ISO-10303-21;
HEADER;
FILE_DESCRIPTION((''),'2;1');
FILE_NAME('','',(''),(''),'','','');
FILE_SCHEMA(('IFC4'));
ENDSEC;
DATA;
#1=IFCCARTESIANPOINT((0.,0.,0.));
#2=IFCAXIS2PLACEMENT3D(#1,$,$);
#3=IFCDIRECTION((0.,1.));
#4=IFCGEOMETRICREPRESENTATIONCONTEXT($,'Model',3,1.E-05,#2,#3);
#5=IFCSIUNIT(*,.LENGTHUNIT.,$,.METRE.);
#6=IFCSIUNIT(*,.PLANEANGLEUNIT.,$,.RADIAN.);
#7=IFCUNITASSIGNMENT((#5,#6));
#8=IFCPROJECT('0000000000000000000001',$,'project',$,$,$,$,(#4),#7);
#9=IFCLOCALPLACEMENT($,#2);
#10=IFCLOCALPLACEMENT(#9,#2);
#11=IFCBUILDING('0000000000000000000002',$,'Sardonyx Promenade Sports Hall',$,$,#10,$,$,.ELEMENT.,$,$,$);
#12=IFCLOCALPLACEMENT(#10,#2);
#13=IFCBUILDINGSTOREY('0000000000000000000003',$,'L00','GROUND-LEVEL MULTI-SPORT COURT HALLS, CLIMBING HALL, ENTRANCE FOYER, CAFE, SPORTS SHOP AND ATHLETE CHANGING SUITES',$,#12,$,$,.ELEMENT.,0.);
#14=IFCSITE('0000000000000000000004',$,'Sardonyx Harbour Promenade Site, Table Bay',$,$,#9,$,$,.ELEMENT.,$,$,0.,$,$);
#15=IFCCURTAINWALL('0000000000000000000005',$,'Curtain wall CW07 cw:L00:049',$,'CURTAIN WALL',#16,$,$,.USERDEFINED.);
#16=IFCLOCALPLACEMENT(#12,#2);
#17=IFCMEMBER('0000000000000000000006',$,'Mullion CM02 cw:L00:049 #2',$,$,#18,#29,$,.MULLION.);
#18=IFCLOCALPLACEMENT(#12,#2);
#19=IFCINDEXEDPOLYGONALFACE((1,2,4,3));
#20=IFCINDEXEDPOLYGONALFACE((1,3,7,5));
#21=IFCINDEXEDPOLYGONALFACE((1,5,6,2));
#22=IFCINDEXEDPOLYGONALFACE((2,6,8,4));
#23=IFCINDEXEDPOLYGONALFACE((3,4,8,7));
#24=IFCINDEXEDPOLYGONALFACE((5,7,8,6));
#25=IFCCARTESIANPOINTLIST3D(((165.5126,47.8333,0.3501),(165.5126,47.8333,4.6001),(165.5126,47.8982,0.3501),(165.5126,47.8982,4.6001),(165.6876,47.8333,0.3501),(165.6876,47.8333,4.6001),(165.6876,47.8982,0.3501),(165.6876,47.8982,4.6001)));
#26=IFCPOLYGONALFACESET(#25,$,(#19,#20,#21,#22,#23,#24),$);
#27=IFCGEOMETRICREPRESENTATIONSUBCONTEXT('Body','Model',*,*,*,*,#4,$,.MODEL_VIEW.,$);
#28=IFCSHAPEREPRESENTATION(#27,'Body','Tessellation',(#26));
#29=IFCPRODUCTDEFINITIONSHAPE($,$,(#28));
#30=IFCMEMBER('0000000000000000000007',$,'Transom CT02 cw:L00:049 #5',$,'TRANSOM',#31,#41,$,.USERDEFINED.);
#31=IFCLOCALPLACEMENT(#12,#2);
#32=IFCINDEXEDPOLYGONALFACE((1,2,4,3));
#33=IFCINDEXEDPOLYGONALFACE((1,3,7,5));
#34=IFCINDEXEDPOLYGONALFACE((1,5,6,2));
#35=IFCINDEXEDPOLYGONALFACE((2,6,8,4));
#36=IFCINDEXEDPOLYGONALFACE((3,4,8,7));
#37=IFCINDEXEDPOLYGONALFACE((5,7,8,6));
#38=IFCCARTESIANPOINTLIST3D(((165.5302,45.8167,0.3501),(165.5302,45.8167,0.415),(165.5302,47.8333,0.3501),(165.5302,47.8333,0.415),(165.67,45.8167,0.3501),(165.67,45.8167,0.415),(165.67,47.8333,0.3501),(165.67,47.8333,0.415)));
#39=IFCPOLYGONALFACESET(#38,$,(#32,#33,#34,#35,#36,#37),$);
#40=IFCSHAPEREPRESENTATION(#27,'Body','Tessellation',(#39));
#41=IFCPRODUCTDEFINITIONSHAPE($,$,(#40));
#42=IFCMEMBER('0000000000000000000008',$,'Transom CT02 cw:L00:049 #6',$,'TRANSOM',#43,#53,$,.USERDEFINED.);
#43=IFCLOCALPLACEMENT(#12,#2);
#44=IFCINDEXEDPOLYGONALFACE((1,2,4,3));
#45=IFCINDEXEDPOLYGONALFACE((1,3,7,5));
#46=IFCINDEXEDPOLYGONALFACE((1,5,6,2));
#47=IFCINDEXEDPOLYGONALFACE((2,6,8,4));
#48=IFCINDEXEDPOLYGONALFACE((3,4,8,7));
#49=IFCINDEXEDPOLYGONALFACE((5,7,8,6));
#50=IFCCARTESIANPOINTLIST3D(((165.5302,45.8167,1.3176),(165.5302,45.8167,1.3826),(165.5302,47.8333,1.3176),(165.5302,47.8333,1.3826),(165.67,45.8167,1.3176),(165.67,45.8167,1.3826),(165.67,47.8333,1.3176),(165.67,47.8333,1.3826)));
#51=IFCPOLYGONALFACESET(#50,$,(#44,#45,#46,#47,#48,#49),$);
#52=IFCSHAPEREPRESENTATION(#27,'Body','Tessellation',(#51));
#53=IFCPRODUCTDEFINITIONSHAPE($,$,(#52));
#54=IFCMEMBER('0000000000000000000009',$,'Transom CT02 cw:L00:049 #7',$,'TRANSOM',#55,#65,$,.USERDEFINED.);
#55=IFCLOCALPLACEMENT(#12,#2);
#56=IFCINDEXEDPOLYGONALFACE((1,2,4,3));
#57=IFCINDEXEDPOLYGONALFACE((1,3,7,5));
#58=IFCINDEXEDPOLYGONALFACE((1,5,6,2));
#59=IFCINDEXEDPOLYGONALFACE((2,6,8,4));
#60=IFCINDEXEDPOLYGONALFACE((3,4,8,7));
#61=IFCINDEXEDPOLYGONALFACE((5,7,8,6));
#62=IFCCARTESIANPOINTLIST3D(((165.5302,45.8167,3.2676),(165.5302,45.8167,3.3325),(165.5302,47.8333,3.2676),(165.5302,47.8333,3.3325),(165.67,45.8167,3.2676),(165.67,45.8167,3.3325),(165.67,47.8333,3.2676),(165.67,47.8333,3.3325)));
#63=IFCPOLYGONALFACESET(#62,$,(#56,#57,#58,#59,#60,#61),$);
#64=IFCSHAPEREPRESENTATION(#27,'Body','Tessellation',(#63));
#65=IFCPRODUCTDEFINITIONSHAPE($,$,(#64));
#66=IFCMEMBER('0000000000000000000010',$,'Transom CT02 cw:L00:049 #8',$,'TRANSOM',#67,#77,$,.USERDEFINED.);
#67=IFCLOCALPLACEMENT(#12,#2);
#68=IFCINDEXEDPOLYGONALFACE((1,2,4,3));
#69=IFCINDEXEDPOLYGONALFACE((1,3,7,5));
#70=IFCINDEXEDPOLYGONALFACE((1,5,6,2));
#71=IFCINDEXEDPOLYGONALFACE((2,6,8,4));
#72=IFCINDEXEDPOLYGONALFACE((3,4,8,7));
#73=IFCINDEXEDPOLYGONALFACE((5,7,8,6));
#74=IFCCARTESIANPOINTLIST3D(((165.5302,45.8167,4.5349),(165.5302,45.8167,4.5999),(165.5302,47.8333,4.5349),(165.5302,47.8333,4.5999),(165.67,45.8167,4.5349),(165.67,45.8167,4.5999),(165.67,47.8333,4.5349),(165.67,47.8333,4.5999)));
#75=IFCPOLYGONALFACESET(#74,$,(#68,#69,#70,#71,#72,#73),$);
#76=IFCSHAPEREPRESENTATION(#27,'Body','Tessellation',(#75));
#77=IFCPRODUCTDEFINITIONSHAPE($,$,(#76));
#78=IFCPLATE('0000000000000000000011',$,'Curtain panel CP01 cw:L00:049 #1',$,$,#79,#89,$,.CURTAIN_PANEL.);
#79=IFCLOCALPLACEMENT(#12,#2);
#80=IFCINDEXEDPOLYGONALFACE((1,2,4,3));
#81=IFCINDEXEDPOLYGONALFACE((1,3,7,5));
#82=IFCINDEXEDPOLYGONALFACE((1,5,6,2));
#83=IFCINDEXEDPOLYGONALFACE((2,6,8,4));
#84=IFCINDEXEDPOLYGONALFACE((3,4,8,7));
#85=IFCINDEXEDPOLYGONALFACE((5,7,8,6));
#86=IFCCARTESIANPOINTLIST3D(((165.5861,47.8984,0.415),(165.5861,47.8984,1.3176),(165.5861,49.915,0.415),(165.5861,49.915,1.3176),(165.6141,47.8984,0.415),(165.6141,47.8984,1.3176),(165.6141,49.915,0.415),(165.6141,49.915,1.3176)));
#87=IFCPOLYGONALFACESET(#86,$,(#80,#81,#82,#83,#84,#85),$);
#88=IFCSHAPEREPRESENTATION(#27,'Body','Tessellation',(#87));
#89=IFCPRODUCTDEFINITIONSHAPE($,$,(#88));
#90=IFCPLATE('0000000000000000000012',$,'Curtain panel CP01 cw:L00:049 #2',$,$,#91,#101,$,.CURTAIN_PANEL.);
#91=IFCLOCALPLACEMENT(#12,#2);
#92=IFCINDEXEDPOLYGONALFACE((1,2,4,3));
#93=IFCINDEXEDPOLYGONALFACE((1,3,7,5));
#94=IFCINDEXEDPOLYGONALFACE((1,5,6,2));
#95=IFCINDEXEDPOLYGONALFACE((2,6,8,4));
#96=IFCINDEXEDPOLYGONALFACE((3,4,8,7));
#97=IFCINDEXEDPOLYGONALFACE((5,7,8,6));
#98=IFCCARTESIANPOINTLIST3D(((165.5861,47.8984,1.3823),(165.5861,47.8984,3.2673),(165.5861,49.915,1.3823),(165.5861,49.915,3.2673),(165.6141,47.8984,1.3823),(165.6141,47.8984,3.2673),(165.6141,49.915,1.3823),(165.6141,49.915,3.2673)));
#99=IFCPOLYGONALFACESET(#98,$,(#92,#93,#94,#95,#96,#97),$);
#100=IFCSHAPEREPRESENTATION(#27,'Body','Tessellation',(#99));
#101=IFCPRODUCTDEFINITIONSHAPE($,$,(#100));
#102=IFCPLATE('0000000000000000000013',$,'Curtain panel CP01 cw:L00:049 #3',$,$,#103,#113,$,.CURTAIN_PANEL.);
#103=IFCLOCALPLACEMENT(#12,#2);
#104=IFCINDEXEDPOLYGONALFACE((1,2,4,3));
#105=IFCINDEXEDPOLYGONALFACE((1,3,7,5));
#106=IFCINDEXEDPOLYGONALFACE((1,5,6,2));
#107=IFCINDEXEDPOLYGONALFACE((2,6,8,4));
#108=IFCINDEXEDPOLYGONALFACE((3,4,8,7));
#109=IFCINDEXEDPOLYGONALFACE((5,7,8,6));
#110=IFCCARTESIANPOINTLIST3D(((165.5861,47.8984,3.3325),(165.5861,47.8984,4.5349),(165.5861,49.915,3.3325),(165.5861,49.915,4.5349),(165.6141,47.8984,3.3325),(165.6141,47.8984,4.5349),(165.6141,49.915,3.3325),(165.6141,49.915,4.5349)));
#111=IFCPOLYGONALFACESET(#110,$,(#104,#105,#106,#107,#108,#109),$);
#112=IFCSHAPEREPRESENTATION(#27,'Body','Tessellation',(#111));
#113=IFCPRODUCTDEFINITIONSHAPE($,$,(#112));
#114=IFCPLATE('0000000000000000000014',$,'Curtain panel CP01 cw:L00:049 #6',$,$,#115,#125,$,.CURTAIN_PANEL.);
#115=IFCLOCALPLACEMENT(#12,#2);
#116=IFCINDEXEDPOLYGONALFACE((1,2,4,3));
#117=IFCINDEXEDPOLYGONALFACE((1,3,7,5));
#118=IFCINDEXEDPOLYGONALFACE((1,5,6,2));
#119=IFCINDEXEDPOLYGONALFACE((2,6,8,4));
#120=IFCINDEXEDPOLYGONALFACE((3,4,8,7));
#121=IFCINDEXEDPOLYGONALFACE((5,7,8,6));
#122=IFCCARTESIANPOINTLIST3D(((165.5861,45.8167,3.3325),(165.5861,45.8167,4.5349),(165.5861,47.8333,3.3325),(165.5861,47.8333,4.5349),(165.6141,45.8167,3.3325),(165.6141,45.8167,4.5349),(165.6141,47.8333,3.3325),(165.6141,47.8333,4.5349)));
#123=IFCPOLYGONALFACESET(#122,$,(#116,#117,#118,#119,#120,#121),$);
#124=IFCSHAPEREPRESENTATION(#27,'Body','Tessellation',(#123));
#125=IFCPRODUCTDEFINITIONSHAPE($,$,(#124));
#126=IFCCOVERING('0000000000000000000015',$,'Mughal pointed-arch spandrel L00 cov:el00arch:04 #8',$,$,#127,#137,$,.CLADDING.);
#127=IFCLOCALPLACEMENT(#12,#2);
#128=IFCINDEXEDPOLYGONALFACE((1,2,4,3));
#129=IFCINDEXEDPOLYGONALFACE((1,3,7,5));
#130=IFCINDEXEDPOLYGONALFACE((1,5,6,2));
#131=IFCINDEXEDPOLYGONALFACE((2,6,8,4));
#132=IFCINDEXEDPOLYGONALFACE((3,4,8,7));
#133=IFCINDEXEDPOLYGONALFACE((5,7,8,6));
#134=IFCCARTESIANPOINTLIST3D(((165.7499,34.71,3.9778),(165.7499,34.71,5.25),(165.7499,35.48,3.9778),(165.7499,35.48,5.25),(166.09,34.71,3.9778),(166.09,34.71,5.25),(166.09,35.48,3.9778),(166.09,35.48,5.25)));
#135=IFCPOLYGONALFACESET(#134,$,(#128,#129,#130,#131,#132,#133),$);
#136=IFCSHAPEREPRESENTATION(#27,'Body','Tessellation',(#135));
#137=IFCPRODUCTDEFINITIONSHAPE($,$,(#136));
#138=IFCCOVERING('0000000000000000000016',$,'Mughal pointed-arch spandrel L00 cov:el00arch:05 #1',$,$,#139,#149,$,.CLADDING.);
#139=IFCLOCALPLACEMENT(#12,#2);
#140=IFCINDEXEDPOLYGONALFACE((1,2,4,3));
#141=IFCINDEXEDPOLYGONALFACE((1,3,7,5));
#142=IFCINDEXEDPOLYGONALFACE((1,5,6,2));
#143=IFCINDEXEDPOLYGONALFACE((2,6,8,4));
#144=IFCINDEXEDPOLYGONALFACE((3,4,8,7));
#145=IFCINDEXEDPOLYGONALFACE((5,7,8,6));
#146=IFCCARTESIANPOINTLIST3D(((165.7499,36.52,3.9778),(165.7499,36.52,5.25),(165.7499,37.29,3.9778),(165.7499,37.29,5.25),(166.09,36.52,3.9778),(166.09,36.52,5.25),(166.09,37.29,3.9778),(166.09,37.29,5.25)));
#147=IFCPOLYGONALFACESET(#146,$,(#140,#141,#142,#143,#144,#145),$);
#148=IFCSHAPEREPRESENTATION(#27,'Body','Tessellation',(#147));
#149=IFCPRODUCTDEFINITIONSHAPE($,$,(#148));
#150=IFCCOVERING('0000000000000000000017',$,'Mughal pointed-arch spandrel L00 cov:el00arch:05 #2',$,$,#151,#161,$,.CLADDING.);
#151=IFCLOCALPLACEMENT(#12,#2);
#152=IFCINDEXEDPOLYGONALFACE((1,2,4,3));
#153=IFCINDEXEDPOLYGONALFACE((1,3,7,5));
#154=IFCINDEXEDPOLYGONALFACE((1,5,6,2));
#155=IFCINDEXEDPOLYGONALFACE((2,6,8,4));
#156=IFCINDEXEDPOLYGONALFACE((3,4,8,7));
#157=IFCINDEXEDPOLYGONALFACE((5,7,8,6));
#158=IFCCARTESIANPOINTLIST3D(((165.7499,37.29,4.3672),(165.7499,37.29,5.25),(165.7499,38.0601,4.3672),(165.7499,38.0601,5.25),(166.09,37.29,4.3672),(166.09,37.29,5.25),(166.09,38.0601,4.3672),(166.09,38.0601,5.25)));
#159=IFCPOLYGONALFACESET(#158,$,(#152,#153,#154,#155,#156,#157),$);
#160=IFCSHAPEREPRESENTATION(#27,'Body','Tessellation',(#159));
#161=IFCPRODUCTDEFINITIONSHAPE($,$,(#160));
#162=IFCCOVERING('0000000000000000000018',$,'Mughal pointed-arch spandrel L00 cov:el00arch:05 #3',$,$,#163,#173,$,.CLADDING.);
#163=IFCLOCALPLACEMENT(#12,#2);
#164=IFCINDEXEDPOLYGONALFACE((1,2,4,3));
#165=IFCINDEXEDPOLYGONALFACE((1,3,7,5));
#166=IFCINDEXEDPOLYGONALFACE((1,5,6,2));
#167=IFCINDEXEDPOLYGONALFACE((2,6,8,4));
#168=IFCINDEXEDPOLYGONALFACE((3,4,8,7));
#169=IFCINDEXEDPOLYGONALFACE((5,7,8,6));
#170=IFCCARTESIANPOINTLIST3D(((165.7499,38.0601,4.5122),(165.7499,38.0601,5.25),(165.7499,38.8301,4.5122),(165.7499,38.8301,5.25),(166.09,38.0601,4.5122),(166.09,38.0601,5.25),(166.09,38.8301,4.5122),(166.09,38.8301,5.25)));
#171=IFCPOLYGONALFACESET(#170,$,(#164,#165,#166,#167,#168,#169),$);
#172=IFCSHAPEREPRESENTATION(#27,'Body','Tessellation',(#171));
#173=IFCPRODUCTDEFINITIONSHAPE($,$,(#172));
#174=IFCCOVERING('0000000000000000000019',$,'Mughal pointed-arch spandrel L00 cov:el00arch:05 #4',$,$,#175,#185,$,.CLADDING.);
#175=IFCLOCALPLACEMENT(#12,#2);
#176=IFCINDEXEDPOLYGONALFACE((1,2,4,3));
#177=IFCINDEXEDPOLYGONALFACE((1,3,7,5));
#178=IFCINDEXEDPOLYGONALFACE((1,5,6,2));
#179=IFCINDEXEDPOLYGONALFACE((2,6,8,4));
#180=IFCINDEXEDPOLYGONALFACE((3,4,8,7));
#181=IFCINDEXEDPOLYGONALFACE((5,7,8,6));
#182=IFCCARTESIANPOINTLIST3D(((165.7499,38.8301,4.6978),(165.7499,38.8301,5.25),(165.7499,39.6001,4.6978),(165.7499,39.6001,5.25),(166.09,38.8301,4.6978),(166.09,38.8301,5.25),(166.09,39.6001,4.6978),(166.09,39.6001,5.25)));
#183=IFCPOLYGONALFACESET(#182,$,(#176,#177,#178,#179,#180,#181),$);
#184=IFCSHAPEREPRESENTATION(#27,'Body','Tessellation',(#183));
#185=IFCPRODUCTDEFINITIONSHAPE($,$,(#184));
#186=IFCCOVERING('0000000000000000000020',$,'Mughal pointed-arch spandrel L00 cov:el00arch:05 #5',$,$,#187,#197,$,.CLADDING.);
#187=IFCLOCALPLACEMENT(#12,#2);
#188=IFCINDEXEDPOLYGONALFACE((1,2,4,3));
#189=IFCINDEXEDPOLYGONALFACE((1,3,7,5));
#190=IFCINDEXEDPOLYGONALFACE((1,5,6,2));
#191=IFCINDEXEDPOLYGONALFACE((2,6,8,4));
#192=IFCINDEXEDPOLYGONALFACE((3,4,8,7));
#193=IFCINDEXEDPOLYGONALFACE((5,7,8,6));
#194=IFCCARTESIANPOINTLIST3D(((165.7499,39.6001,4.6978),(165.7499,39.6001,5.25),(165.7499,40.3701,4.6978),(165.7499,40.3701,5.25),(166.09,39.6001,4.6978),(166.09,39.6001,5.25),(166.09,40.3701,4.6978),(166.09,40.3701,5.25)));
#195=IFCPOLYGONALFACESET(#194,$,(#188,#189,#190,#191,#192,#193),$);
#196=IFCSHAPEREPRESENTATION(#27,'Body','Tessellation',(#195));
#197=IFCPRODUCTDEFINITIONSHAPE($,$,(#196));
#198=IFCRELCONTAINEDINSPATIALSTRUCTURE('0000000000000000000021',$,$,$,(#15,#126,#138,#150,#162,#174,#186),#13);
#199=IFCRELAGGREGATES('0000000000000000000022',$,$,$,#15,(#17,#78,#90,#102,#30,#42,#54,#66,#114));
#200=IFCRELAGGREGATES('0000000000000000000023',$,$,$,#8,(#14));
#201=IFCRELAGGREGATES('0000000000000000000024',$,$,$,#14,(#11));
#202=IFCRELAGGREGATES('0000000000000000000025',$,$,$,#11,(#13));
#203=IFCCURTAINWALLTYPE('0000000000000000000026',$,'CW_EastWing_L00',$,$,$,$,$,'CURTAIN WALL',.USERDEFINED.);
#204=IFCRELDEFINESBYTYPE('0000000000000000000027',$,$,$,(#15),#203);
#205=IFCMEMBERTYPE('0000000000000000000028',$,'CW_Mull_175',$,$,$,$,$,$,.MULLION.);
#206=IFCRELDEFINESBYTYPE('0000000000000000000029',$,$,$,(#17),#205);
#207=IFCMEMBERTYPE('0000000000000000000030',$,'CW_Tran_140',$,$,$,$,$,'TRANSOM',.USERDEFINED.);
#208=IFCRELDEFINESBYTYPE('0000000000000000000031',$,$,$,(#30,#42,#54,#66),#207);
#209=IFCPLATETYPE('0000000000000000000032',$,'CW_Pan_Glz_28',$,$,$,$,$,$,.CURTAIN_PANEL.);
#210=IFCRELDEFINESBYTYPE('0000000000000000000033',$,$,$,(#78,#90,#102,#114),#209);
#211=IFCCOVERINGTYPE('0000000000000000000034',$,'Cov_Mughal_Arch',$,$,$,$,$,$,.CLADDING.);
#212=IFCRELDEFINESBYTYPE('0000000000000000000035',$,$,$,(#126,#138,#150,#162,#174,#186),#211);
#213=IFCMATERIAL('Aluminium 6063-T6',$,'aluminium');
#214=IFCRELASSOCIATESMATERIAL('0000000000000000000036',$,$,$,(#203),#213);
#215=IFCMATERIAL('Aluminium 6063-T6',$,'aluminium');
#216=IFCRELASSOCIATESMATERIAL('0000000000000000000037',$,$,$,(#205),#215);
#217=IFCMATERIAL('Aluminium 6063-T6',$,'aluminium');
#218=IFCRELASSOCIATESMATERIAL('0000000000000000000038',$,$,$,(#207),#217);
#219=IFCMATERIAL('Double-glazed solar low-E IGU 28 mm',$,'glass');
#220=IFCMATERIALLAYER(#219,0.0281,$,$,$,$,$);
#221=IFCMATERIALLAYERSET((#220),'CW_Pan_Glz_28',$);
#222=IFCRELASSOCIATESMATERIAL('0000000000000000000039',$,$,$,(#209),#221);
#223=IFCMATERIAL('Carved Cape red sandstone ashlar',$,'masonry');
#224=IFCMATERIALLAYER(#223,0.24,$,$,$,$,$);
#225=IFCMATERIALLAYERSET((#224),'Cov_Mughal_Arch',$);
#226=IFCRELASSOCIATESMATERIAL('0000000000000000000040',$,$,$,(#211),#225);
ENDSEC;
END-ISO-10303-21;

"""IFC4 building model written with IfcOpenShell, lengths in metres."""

from ifc_helpers import new_model, si_unit, direction, frame, frame_2d, origin, origin_2d, place, context, subcontext, project, spatial, rectangle, extrude, material, layer, layer_set, material_profile, profile_set, type_object, element, aggregate, save


model = new_model("IFC4")

# Units and contexts
model_context = context("Model", 3, precision=1e-05, world=origin(), true_north=direction((0.0, 1.0)))
body_context = subcontext(model_context, "Body", "Model", "MODEL_VIEW")
ifc_project = project(units=[si_unit("LENGTHUNIT", "METRE"), si_unit("PLANEANGLEUNIT", "RADIAN")], contexts=[model_context])

# Site, building, storey
site_placement = place(None, origin())
site = spatial("IfcSite", under=ifc_project, at=site_placement, Name="Sardonyx Harbour Promenade Site, Table Bay", CompositionType="ELEMENT", RefElevation=0.0)
building_placement = place(site_placement, origin())
building = spatial("IfcBuilding", under=site, at=building_placement, Name="Sardonyx Promenade Sports Hall", CompositionType="ELEMENT")
storey_placement = place(building_placement, origin())
storey = spatial("IfcBuildingStorey", under=building, at=storey_placement, Name="L00", Description="GROUND-LEVEL MULTI-SPORT COURT HALLS, CLIMBING HALL, ENTRANCE FOYER, CAFE, SPORTS SHOP AND ATHLETE CHANGING SUITES", CompositionType="ELEMENT", Elevation=0.0)

# Curtain wall, members, plates
ifc_material_1 = material(Name="Aluminium 6063-T6", Category="aluminium")
curtain_wall_type = type_object("IfcCurtainWallType", Name="CW_EastWing_L00", ElementType="CURTAIN WALL", PredefinedType="USERDEFINED", material=ifc_material_1)
curtain_wall_placement = place(storey_placement, origin())
curtain_wall = element("IfcCurtainWall", 1, at=curtain_wall_placement, inside=storey, type_object=curtain_wall_type, Name="Curtain wall CW07 cw:L00:049", ObjectType="CURTAIN WALL", PredefinedType="USERDEFINED")
ifc_material_2 = material(Name="Aluminium 6063-T6", Category="aluminium")
ifc_material_profile_1 = material_profile(ifc_material_2, rectangle(XDim=0.0649, YDim=0.175, at=origin_2d()))
ifc_profile_set_1 = profile_set([ifc_material_profile_1], Name="Aluminium 6063-T6")
member_type_1 = type_object("IfcMemberType", Name="CW_Mull_175", PredefinedType="MULLION", material=ifc_profile_set_1)
member_1_placement = place(storey_placement, frame((165.6001, 47.8657, 0.3501), z_axis=(0.0, 0.0, 1.0), x_axis=(0.0, -1.0, 0.0)))
member_1 = element("IfcMember", 2, at=member_1_placement, type_object=member_type_1, Name="Mullion CM02 cw:L00:049 #2", PredefinedType="MULLION", context=body_context, shape_type="SweptSolid", body=[
    extrude(rectangle(XDim=0.0649, YDim=0.175, at=origin_2d()), origin(), (0.0, 0.0, 1.0), 4.25),
])
ifc_material_3 = material(Name="Aluminium 6063-T6", Category="aluminium")
ifc_material_profile_2 = material_profile(ifc_material_3, rectangle(XDim=0.0649, YDim=0.1399, at=origin_2d()))
ifc_profile_set_2 = profile_set([ifc_material_profile_2], Name="Aluminium 6063-T6")
member_type_2 = type_object("IfcMemberType", Name="CW_Tran_140", ElementType="TRANSOM", PredefinedType="USERDEFINED", material=ifc_profile_set_2)
member_2_placement = place(storey_placement, frame((165.6001, 47.8333, 0.3826), z_axis=(0.0, -1.0, 0.0), x_axis=(0.0, 0.0, 1.0)))
member_2 = element("IfcMember", 3, at=member_2_placement, type_object=member_type_2, Name="Transom CT02 cw:L00:049 #5", ObjectType="TRANSOM", PredefinedType="USERDEFINED", context=body_context, shape_type="SweptSolid", body=[
    extrude(rectangle(XDim=0.0649, YDim=0.1399, at=origin_2d()), origin(), (0.0, 0.0, 1.0), 2.0166),
])
member_3_placement = place(storey_placement, frame((165.6001, 47.8333, 1.3501), z_axis=(0.0, -1.0, 0.0), x_axis=(0.0, 0.0, 1.0)))
member_3 = element("IfcMember", 4, at=member_3_placement, type_object=member_type_2, Name="Transom CT02 cw:L00:049 #6", ObjectType="TRANSOM", PredefinedType="USERDEFINED", context=body_context, shape_type="SweptSolid", body=[
    extrude(rectangle(XDim=0.0649, YDim=0.1399, at=origin_2d()), origin(), (0.0, 0.0, 1.0), 2.0166),
])
member_4_placement = place(storey_placement, frame((165.6001, 47.8333, 3.3), z_axis=(0.0, -1.0, 0.0), x_axis=(0.0, 0.0, 1.0)))
member_4 = element("IfcMember", 5, at=member_4_placement, type_object=member_type_2, Name="Transom CT02 cw:L00:049 #7", ObjectType="TRANSOM", PredefinedType="USERDEFINED", context=body_context, shape_type="SweptSolid", body=[
    extrude(rectangle(XDim=0.0649, YDim=0.1399, at=origin_2d()), origin(), (0.0, 0.0, 1.0), 2.0166),
])
member_5_placement = place(storey_placement, frame((165.6001, 47.8333, 4.5674), z_axis=(0.0, -1.0, 0.0), x_axis=(0.0, 0.0, 1.0)))
member_5 = element("IfcMember", 6, at=member_5_placement, type_object=member_type_2, Name="Transom CT02 cw:L00:049 #8", ObjectType="TRANSOM", PredefinedType="USERDEFINED", context=body_context, shape_type="SweptSolid", body=[
    extrude(rectangle(XDim=0.0649, YDim=0.1399, at=origin_2d()), origin(), (0.0, 0.0, 1.0), 2.0166),
])
ifc_material_4 = material(Name="Double-glazed solar low-E IGU 28 mm", Category="glass")
ifc_layer_1 = layer(ifc_material_4, 0.0281)
ifc_layer_set_1 = layer_set([ifc_layer_1], Name="CW_Pan_Glz_28")
plate_type = type_object("IfcPlateType", Name="CW_Pan_Glz_28", PredefinedType="CURTAIN_PANEL", material=ifc_layer_set_1)
plate_1_placement = place(storey_placement, frame((165.6001, 48.9067, 0.415), z_axis=(0.0, 0.0, 1.0), x_axis=(0.0, -1.0, 0.0)))
plate_1 = element("IfcPlate", 7, at=plate_1_placement, type_object=plate_type, Name="Curtain panel CP01 cw:L00:049 #1", PredefinedType="CURTAIN_PANEL", context=body_context, shape_type="SweptSolid", body=[
    extrude(rectangle(XDim=2.0166, YDim=0.0281, at=origin_2d()), origin(), (0.0, 0.0, 1.0), 0.9026),
])
plate_2_placement = place(storey_placement, frame((165.6001, 48.9067, 1.3823), z_axis=(0.0, 0.0, 1.0), x_axis=(0.0, -1.0, 0.0)))
plate_2 = element("IfcPlate", 8, at=plate_2_placement, type_object=plate_type, Name="Curtain panel CP01 cw:L00:049 #2", PredefinedType="CURTAIN_PANEL", context=body_context, shape_type="SweptSolid", body=[
    extrude(rectangle(XDim=2.0166, YDim=0.0281, at=origin_2d()), origin(), (0.0, 0.0, 1.0), 1.885),
])
plate_3_placement = place(storey_placement, frame((165.6001, 48.9067, 3.3325), z_axis=(0.0, 0.0, 1.0), x_axis=(0.0, -1.0, 0.0)))
plate_3 = element("IfcPlate", 9, at=plate_3_placement, type_object=plate_type, Name="Curtain panel CP01 cw:L00:049 #3", PredefinedType="CURTAIN_PANEL", context=body_context, shape_type="SweptSolid", body=[
    extrude(rectangle(XDim=2.0166, YDim=0.0281, at=origin_2d()), origin(), (0.0, 0.0, 1.0), 1.2024),
])
plate_4_placement = place(storey_placement, frame((165.6001, 46.825, 3.3325), z_axis=(0.0, 0.0, 1.0), x_axis=(0.0, -1.0, 0.0)))
plate_4 = element("IfcPlate", 10, at=plate_4_placement, type_object=plate_type, Name="Curtain panel CP01 cw:L00:049 #6", PredefinedType="CURTAIN_PANEL", context=body_context, shape_type="SweptSolid", body=[
    extrude(rectangle(XDim=2.0166, YDim=0.0281, at=origin_2d()), origin(), (0.0, 0.0, 1.0), 1.2024),
])
aggregate(curtain_wall, [member_1, plate_1, plate_2, plate_3, member_2, member_3, member_4, member_5, plate_4])

# Coverings
ifc_material_5 = material(Name="Carved Cape red sandstone ashlar", Category="masonry")
ifc_layer_2 = layer(ifc_material_5, 0.24)
ifc_layer_set_2 = layer_set([ifc_layer_2], Name="Cov_Mughal_Arch")
covering_type = type_object("IfcCoveringType", Name="Cov_Mughal_Arch", PredefinedType="CLADDING", material=ifc_layer_set_2)
for number, where, z_axis, x_axis, name in (
    (11, (165.9199, 34.71, 3.9778), (0.0, 0.0, 1.0), (0.0, 1.0, 0.0), "Mughal pointed-arch spandrel L00 cov:el00arch:04 #8"),
    (12, (165.9199, 36.52, 3.9778), (0.0, 0.0, 1.0), (0.0, 1.0, 0.0), "Mughal pointed-arch spandrel L00 cov:el00arch:05 #1"),
):
    element("IfcCovering", number, at=place(storey_placement, frame(where, z_axis=z_axis, x_axis=x_axis)), inside=storey, type_object=covering_type, Name=name, PredefinedType="CLADDING", context=body_context, shape_type="SweptSolid", body=[
        extrude(rectangle(XDim=0.77, YDim=0.3401, at=frame_2d((0.385, 0.0))), origin(), (0.0, 0.0, 1.0), 1.2722),
    ])
covering_1_placement = place(storey_placement, frame((165.9199, 37.29, 4.3672), z_axis=(0.0, 0.0, 1.0), x_axis=(0.0, 1.0, 0.0)))
element("IfcCovering", 13, at=covering_1_placement, inside=storey, type_object=covering_type, Name="Mughal pointed-arch spandrel L00 cov:el00arch:05 #2", PredefinedType="CLADDING", context=body_context, shape_type="SweptSolid", body=[
    extrude(rectangle(XDim=0.77, YDim=0.3401, at=frame_2d((0.385, 0.0))), origin(), (0.0, 0.0, 1.0), 0.8828),
])
covering_2_placement = place(storey_placement, frame((165.9199, 38.0601, 4.5122), z_axis=(0.0, 0.0, 1.0), x_axis=(0.0, 1.0, 0.0)))
element("IfcCovering", 14, at=covering_2_placement, inside=storey, type_object=covering_type, Name="Mughal pointed-arch spandrel L00 cov:el00arch:05 #3", PredefinedType="CLADDING", context=body_context, shape_type="SweptSolid", body=[
    extrude(rectangle(XDim=0.77, YDim=0.3401, at=frame_2d((0.385, 0.0))), origin(), (0.0, 0.0, 1.0), 0.7378),
])
for number, where, z_axis, x_axis, name in (
    (15, (165.9199, 38.8301, 4.6978), (0.0, 0.0, 1.0), (0.0, 1.0, 0.0), "Mughal pointed-arch spandrel L00 cov:el00arch:05 #4"),
    (16, (165.9199, 39.6001, 4.6978), (0.0, 0.0, 1.0), (0.0, 1.0, 0.0), "Mughal pointed-arch spandrel L00 cov:el00arch:05 #5"),
):
    element("IfcCovering", number, at=place(storey_placement, frame(where, z_axis=z_axis, x_axis=x_axis)), inside=storey, type_object=covering_type, Name=name, PredefinedType="CLADDING", context=body_context, shape_type="SweptSolid", body=[
        extrude(rectangle(XDim=0.77, YDim=0.3401, at=frame_2d((0.385, 0.0))), origin(), (0.0, 0.0, 1.0), 0.5522),
    ])

save(model, "model.ifc")
